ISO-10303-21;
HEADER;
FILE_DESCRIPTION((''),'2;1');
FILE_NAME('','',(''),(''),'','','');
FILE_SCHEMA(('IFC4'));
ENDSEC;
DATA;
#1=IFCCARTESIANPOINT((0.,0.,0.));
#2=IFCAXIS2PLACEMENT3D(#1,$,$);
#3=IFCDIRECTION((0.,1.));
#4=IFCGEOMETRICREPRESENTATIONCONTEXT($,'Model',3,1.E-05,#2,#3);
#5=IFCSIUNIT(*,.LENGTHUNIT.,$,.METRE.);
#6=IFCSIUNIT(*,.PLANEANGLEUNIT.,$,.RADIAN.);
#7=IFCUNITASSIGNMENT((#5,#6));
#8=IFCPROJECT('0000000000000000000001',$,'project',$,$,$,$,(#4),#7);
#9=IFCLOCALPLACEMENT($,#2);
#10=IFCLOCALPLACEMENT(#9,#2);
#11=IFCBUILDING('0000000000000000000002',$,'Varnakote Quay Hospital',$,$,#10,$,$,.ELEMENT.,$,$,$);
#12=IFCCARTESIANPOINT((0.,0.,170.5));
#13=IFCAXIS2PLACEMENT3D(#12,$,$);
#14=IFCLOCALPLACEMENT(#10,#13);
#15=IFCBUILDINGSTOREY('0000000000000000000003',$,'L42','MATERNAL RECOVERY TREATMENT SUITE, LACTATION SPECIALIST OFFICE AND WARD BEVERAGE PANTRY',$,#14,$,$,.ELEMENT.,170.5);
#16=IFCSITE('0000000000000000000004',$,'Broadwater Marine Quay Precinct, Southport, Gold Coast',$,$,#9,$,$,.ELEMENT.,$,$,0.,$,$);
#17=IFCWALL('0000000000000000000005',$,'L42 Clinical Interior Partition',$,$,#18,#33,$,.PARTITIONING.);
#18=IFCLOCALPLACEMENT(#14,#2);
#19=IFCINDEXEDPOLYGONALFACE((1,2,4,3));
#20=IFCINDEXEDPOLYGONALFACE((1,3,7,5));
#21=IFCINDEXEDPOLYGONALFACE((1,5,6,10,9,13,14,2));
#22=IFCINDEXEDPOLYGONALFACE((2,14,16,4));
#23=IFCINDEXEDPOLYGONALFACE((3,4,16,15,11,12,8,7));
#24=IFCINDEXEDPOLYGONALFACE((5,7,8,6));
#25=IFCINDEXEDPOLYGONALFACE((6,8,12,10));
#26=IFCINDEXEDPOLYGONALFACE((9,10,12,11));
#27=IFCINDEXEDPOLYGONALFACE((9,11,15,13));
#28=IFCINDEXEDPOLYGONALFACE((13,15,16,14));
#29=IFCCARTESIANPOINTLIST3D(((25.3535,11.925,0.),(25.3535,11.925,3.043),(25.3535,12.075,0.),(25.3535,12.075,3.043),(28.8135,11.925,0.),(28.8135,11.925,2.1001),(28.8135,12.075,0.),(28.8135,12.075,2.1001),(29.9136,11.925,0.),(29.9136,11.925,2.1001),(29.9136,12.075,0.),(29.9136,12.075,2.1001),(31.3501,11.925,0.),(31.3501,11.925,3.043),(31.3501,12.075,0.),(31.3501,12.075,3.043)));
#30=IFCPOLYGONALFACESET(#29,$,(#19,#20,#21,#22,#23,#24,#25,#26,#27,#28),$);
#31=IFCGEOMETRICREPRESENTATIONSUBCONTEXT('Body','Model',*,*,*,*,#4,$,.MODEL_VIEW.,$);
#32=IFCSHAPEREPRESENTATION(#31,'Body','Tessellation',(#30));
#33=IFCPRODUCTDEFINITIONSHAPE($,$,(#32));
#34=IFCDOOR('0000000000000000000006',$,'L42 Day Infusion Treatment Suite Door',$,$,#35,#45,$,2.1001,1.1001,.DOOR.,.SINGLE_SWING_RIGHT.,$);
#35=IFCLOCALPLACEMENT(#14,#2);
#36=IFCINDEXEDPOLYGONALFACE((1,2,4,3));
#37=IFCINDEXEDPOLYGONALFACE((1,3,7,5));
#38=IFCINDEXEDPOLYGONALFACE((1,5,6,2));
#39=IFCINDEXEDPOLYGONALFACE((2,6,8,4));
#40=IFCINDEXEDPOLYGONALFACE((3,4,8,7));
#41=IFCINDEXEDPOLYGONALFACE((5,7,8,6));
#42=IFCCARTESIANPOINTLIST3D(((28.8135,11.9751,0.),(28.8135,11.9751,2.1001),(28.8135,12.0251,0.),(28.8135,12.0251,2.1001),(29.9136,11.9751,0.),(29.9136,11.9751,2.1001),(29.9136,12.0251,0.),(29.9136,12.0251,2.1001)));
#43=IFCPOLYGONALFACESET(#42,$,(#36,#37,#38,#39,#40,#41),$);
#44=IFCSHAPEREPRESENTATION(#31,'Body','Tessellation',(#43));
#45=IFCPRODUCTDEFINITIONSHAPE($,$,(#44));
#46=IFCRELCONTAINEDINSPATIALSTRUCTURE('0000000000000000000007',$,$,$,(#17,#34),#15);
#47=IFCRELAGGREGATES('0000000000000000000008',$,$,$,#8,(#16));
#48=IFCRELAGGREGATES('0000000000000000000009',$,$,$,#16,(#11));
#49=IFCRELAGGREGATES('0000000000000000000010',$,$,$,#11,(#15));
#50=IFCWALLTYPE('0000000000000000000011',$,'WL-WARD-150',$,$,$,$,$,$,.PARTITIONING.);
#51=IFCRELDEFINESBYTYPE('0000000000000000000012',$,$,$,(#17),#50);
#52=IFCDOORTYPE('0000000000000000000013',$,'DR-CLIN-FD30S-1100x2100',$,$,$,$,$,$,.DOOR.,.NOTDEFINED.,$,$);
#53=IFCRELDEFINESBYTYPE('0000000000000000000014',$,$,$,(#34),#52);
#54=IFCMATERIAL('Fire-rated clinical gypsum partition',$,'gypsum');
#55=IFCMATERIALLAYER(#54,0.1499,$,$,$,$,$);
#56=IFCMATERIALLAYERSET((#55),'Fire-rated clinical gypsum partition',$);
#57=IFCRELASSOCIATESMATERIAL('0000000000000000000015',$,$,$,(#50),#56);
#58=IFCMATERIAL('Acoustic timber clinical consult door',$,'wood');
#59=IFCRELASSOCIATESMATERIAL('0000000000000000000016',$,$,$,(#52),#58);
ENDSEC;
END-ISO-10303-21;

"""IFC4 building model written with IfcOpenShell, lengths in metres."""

from ifc_helpers import new_model, si_unit, direction, frame, frame_2d, origin, place, context, subcontext, project, spatial, rectangle, extrude, material, layer, layer_set, type_object, element, fill, save


model = new_model("IFC4")

# Units and contexts
model_context = context("Model", 3, precision=1e-05, world=origin(), true_north=direction((0.0, 1.0)))
body_context = subcontext(model_context, "Body", "Model", "MODEL_VIEW")
ifc_project = project(units=[si_unit("LENGTHUNIT", "METRE"), si_unit("PLANEANGLEUNIT", "RADIAN")], contexts=[model_context])

# Site, building, storey
site_placement = place(None, origin())
site = spatial("IfcSite", under=ifc_project, at=site_placement, Name="Broadwater Marine Quay Precinct, Southport, Gold Coast", CompositionType="ELEMENT", RefElevation=0.0)
building_placement = place(site_placement, origin())
building = spatial("IfcBuilding", under=site, at=building_placement, Name="Varnakote Quay Hospital", CompositionType="ELEMENT")
storey_placement = place(building_placement, frame((0.0, 0.0, 170.5)))
storey = spatial("IfcBuildingStorey", under=building, at=storey_placement, Name="L42", Description="MATERNAL RECOVERY TREATMENT SUITE, LACTATION SPECIALIST OFFICE AND WARD BEVERAGE PANTRY", CompositionType="ELEMENT", Elevation=170.5)

# Wall, opening, door
ifc_material_1 = material(Name="Fire-rated clinical gypsum partition", Category="gypsum")
ifc_layer_1 = layer(ifc_material_1, 0.1499)
ifc_layer_set_1 = layer_set([ifc_layer_1], Name="Fire-rated clinical gypsum partition")
wall_type_1 = type_object("IfcWallType", Name="WL-WARD-150", PredefinedType="PARTITIONING", material=ifc_layer_set_1)
wall_1_placement = place(storey_placement, frame((31.3501, 12.0, 0.0), z_axis=(0.0, 0.0, 1.0), x_axis=(-1.0, 0.0, 0.0)))
wall_1 = element("IfcWall", 1, at=wall_1_placement, inside=storey, type_object=wall_type_1, Name="L42 Clinical Interior Partition", PredefinedType="PARTITIONING", context=body_context, shape_type="SweptSolid", body=[
    extrude(rectangle(XDim=5.9966, YDim=0.1499, at=frame_2d((2.9983, 0.0))), origin(), (0.0, 0.0, 1.0), 3.043),
])
opening_1_placement = place(wall_1_placement, frame((1.4365, 0.0, 0.0)))
opening_1 = element("IfcOpeningElement", 2, at=opening_1_placement, cuts=wall_1, PredefinedType="OPENING", context=body_context, shape_type="SweptSolid", body=[
    extrude(rectangle(XDim=1.1001, YDim=2.1001, at=frame_2d((0.55, 1.05))), frame((0.0, 0.085, 0.0), z_axis=(0.0, -1.0, 0.0), x_axis=(1.0, 0.0, 0.0)), (0.0, 0.0, 1.0), 0.1699),
])
ifc_material_2 = material(Name="Acoustic timber clinical consult door", Category="wood")
door_type_1 = type_object("IfcDoorType", Name="DR-CLIN-FD30S-1100x2100", OperationType="NOTDEFINED", PredefinedType="DOOR", material=ifc_material_2)
door_1_placement = place(opening_1_placement, origin())
door_1 = element("IfcDoor", 3, at=door_1_placement, inside=storey, type_object=door_type_1, Name="L42 Day Infusion Treatment Suite Door", OperationType="SINGLE_SWING_RIGHT", OverallHeight=2.1001, OverallWidth=1.1001, PredefinedType="DOOR", context=body_context, shape_type="SweptSolid", body=[
    extrude(rectangle(XDim=1.1001, YDim=2.1001, at=frame_2d((0.55, 1.05))), frame((0.0, 0.0249, 0.0), z_axis=(0.0, -1.0, 0.0), x_axis=(1.0, 0.0, 0.0)), (0.0, 0.0, 1.0), 0.05),
])
fill(opening_1, door_1)

save(model, "model.ifc")
